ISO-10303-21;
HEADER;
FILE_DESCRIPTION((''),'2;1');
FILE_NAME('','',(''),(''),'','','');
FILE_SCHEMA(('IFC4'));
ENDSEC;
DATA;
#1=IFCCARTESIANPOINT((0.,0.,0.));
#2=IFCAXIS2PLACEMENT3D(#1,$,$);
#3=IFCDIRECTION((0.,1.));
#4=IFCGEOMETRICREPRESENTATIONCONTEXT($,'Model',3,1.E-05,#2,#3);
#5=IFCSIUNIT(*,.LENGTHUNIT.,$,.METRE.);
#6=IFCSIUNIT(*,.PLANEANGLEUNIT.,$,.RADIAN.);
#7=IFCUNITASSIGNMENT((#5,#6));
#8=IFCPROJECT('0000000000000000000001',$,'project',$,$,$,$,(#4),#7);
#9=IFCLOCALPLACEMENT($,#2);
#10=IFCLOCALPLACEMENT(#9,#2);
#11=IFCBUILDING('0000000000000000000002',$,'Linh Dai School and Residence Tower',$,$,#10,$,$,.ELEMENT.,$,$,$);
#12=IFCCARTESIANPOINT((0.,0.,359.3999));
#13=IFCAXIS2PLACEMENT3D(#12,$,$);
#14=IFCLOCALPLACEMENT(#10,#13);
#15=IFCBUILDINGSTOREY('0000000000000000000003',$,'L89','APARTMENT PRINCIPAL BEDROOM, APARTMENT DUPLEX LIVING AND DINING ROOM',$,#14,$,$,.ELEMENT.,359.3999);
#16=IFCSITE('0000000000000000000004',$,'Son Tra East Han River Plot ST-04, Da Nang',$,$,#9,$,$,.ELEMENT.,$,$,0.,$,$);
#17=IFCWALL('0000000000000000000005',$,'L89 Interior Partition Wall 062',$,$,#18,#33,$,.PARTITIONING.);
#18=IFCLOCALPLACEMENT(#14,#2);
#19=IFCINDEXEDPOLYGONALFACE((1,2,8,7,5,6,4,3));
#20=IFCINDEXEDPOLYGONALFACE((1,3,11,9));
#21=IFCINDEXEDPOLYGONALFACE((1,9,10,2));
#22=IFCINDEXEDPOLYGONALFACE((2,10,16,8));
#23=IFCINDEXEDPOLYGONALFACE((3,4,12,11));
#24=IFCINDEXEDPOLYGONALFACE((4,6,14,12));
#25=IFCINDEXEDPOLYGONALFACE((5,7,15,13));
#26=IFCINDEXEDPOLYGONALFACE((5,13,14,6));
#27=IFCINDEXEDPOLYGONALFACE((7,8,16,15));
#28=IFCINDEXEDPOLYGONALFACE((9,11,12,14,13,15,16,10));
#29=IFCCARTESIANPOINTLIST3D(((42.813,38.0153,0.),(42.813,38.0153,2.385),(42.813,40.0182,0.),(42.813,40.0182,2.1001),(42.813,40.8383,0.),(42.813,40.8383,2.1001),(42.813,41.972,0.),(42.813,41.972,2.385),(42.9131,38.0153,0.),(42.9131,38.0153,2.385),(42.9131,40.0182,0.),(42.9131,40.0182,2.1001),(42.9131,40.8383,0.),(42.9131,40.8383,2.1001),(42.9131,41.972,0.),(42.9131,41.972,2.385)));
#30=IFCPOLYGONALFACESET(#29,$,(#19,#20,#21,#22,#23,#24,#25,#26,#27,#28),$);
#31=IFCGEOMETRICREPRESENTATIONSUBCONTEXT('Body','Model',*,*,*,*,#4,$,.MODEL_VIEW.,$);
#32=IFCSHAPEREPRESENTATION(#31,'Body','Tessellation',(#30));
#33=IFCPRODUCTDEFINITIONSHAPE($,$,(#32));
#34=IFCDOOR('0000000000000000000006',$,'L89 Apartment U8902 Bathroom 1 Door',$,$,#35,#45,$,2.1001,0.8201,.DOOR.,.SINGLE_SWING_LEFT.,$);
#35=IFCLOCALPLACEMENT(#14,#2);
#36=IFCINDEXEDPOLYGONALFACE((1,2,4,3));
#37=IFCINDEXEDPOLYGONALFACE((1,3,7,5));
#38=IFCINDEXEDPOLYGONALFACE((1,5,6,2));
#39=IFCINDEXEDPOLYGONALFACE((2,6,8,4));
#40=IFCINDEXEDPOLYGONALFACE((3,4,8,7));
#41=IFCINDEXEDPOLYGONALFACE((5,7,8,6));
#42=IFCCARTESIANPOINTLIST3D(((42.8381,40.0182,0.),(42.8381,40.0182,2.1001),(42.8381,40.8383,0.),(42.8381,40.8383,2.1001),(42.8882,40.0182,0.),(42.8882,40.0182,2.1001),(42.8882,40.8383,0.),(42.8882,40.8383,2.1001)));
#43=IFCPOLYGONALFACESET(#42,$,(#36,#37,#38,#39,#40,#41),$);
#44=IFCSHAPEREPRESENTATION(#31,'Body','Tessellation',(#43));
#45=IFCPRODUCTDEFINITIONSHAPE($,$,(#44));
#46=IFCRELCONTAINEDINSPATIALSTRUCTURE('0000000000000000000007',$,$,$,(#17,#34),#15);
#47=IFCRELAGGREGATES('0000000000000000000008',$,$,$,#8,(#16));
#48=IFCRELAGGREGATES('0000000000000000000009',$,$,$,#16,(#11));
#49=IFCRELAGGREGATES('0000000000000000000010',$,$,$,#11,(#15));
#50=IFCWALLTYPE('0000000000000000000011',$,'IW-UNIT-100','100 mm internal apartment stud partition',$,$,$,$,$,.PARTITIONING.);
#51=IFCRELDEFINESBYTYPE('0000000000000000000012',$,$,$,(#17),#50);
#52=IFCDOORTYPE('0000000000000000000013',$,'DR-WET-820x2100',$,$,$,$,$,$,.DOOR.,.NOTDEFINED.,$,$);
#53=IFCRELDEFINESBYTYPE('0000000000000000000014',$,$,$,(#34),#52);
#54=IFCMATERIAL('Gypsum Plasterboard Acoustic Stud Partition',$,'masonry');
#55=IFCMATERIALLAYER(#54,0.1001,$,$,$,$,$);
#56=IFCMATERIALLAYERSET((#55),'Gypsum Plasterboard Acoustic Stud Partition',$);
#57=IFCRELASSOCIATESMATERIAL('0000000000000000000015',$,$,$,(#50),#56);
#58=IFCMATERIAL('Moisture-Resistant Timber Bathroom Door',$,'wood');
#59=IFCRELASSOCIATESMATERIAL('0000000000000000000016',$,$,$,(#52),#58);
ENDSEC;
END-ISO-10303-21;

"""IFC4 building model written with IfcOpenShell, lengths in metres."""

from ifc_helpers import new_model, si_unit, direction, frame, frame_2d, origin, origin_2d, place, context, subcontext, project, spatial, rectangle, extrude, source, transform, mapped, material, layer, layer_set, type_object, element, fill, save


model = new_model("IFC4")

# Units and contexts
model_context = context("Model", 3, precision=1e-05, world=origin(), true_north=direction((0.0, 1.0)))
body_context = subcontext(model_context, "Body", "Model", "MODEL_VIEW")
ifc_project = project(units=[si_unit("LENGTHUNIT", "METRE"), si_unit("PLANEANGLEUNIT", "RADIAN")], contexts=[model_context])

# Site, building, storey
site_placement = place(None, origin())
site = spatial("IfcSite", under=ifc_project, at=site_placement, Name="Son Tra East Han River Plot ST-04, Da Nang", CompositionType="ELEMENT", RefElevation=0.0)
building_placement = place(site_placement, origin())
building = spatial("IfcBuilding", under=site, at=building_placement, Name="Linh Dai School and Residence Tower", CompositionType="ELEMENT")
storey_placement = place(building_placement, frame((0.0, 0.0, 359.3999)))
storey = spatial("IfcBuildingStorey", under=building, at=storey_placement, Name="L89", Description="APARTMENT PRINCIPAL BEDROOM, APARTMENT DUPLEX LIVING AND DINING ROOM", CompositionType="ELEMENT", Elevation=359.3999)

# Shared definitions
ifc_material_1 = material(Name="Gypsum Plasterboard Acoustic Stud Partition", Category="masonry")
ifc_layer_1 = layer(ifc_material_1, 0.1001)
ifc_layer_set_1 = layer_set([ifc_layer_1], Name="Gypsum Plasterboard Acoustic Stud Partition")
wall_type_1 = type_object("IfcWallType", Name="IW-UNIT-100", Description="100 mm internal apartment stud partition", PredefinedType="PARTITIONING", material=ifc_layer_set_1)

# Wall, opening, door
wall_1_placement = place(storey_placement, frame((42.863, 38.0151, 0.0), z_axis=(0.0, 0.0, 1.0), x_axis=(0.0, 1.0, 0.0)))
wall_1 = element("IfcWall", 1, at=wall_1_placement, inside=storey, type_object=wall_type_1, Name="L89 Interior Partition Wall 062", PredefinedType="PARTITIONING", context=body_context, shape_type="SweptSolid", body=[
    extrude(rectangle(XDim=3.9568, YDim=0.1001, at=frame_2d((1.9785, 0.0))), origin(), (0.0, 0.0, 1.0), 2.385),
])
opening_1_placement = place(wall_1_placement, frame((2.0029, 0.0, 0.0)))
opening_1 = element("IfcOpeningElement", 2, at=opening_1_placement, cuts=wall_1, PredefinedType="OPENING", context=body_context, shape_type="SweptSolid", body=[
    extrude(rectangle(XDim=0.8201, YDim=2.1001, at=origin_2d()), frame((0.4102, 0.0601, 1.05), z_axis=(0.0, -1.0, 0.0), x_axis=(1.0, 0.0, 0.0)), (0.0, 0.0, 1.0), 0.1201),
])
ifc_material_2 = material(Name="Moisture-Resistant Timber Bathroom Door", Category="wood")
door_type_1 = type_object("IfcDoorType", Name="DR-WET-820x2100", OperationType="NOTDEFINED", PredefinedType="DOOR", material=ifc_material_2)
shared_shape_1 = source(origin(), body_context, "Body", "SweptSolid", [
    extrude(rectangle(XDim=0.8201, YDim=2.1001, at=origin_2d()), frame((0.4102, 0.0249, 1.05), z_axis=(0.0, -1.0, 0.0), x_axis=(1.0, 0.0, 0.0)), (0.0, 0.0, 1.0), 0.05),
])
door_1_placement = place(opening_1_placement, origin())
door_1 = element("IfcDoor", 3, at=door_1_placement, inside=storey, type_object=door_type_1, Name="L89 Apartment U8902 Bathroom 1 Door", OperationType="SINGLE_SWING_LEFT", OverallHeight=2.1001, OverallWidth=0.8201, PredefinedType="DOOR", context=body_context, shape_type="MappedRepresentation", body=[
    mapped(shared_shape_1, transform((0.0, 0.0, 0.0), x_axis=(1.0, 0.0, 0.0), y_axis=(0.0, 1.0, 0.0), z_axis=(0.0, 0.0, 1.0), scale=1.0)),
])
fill(opening_1, door_1)

save(model, "model.ifc")
